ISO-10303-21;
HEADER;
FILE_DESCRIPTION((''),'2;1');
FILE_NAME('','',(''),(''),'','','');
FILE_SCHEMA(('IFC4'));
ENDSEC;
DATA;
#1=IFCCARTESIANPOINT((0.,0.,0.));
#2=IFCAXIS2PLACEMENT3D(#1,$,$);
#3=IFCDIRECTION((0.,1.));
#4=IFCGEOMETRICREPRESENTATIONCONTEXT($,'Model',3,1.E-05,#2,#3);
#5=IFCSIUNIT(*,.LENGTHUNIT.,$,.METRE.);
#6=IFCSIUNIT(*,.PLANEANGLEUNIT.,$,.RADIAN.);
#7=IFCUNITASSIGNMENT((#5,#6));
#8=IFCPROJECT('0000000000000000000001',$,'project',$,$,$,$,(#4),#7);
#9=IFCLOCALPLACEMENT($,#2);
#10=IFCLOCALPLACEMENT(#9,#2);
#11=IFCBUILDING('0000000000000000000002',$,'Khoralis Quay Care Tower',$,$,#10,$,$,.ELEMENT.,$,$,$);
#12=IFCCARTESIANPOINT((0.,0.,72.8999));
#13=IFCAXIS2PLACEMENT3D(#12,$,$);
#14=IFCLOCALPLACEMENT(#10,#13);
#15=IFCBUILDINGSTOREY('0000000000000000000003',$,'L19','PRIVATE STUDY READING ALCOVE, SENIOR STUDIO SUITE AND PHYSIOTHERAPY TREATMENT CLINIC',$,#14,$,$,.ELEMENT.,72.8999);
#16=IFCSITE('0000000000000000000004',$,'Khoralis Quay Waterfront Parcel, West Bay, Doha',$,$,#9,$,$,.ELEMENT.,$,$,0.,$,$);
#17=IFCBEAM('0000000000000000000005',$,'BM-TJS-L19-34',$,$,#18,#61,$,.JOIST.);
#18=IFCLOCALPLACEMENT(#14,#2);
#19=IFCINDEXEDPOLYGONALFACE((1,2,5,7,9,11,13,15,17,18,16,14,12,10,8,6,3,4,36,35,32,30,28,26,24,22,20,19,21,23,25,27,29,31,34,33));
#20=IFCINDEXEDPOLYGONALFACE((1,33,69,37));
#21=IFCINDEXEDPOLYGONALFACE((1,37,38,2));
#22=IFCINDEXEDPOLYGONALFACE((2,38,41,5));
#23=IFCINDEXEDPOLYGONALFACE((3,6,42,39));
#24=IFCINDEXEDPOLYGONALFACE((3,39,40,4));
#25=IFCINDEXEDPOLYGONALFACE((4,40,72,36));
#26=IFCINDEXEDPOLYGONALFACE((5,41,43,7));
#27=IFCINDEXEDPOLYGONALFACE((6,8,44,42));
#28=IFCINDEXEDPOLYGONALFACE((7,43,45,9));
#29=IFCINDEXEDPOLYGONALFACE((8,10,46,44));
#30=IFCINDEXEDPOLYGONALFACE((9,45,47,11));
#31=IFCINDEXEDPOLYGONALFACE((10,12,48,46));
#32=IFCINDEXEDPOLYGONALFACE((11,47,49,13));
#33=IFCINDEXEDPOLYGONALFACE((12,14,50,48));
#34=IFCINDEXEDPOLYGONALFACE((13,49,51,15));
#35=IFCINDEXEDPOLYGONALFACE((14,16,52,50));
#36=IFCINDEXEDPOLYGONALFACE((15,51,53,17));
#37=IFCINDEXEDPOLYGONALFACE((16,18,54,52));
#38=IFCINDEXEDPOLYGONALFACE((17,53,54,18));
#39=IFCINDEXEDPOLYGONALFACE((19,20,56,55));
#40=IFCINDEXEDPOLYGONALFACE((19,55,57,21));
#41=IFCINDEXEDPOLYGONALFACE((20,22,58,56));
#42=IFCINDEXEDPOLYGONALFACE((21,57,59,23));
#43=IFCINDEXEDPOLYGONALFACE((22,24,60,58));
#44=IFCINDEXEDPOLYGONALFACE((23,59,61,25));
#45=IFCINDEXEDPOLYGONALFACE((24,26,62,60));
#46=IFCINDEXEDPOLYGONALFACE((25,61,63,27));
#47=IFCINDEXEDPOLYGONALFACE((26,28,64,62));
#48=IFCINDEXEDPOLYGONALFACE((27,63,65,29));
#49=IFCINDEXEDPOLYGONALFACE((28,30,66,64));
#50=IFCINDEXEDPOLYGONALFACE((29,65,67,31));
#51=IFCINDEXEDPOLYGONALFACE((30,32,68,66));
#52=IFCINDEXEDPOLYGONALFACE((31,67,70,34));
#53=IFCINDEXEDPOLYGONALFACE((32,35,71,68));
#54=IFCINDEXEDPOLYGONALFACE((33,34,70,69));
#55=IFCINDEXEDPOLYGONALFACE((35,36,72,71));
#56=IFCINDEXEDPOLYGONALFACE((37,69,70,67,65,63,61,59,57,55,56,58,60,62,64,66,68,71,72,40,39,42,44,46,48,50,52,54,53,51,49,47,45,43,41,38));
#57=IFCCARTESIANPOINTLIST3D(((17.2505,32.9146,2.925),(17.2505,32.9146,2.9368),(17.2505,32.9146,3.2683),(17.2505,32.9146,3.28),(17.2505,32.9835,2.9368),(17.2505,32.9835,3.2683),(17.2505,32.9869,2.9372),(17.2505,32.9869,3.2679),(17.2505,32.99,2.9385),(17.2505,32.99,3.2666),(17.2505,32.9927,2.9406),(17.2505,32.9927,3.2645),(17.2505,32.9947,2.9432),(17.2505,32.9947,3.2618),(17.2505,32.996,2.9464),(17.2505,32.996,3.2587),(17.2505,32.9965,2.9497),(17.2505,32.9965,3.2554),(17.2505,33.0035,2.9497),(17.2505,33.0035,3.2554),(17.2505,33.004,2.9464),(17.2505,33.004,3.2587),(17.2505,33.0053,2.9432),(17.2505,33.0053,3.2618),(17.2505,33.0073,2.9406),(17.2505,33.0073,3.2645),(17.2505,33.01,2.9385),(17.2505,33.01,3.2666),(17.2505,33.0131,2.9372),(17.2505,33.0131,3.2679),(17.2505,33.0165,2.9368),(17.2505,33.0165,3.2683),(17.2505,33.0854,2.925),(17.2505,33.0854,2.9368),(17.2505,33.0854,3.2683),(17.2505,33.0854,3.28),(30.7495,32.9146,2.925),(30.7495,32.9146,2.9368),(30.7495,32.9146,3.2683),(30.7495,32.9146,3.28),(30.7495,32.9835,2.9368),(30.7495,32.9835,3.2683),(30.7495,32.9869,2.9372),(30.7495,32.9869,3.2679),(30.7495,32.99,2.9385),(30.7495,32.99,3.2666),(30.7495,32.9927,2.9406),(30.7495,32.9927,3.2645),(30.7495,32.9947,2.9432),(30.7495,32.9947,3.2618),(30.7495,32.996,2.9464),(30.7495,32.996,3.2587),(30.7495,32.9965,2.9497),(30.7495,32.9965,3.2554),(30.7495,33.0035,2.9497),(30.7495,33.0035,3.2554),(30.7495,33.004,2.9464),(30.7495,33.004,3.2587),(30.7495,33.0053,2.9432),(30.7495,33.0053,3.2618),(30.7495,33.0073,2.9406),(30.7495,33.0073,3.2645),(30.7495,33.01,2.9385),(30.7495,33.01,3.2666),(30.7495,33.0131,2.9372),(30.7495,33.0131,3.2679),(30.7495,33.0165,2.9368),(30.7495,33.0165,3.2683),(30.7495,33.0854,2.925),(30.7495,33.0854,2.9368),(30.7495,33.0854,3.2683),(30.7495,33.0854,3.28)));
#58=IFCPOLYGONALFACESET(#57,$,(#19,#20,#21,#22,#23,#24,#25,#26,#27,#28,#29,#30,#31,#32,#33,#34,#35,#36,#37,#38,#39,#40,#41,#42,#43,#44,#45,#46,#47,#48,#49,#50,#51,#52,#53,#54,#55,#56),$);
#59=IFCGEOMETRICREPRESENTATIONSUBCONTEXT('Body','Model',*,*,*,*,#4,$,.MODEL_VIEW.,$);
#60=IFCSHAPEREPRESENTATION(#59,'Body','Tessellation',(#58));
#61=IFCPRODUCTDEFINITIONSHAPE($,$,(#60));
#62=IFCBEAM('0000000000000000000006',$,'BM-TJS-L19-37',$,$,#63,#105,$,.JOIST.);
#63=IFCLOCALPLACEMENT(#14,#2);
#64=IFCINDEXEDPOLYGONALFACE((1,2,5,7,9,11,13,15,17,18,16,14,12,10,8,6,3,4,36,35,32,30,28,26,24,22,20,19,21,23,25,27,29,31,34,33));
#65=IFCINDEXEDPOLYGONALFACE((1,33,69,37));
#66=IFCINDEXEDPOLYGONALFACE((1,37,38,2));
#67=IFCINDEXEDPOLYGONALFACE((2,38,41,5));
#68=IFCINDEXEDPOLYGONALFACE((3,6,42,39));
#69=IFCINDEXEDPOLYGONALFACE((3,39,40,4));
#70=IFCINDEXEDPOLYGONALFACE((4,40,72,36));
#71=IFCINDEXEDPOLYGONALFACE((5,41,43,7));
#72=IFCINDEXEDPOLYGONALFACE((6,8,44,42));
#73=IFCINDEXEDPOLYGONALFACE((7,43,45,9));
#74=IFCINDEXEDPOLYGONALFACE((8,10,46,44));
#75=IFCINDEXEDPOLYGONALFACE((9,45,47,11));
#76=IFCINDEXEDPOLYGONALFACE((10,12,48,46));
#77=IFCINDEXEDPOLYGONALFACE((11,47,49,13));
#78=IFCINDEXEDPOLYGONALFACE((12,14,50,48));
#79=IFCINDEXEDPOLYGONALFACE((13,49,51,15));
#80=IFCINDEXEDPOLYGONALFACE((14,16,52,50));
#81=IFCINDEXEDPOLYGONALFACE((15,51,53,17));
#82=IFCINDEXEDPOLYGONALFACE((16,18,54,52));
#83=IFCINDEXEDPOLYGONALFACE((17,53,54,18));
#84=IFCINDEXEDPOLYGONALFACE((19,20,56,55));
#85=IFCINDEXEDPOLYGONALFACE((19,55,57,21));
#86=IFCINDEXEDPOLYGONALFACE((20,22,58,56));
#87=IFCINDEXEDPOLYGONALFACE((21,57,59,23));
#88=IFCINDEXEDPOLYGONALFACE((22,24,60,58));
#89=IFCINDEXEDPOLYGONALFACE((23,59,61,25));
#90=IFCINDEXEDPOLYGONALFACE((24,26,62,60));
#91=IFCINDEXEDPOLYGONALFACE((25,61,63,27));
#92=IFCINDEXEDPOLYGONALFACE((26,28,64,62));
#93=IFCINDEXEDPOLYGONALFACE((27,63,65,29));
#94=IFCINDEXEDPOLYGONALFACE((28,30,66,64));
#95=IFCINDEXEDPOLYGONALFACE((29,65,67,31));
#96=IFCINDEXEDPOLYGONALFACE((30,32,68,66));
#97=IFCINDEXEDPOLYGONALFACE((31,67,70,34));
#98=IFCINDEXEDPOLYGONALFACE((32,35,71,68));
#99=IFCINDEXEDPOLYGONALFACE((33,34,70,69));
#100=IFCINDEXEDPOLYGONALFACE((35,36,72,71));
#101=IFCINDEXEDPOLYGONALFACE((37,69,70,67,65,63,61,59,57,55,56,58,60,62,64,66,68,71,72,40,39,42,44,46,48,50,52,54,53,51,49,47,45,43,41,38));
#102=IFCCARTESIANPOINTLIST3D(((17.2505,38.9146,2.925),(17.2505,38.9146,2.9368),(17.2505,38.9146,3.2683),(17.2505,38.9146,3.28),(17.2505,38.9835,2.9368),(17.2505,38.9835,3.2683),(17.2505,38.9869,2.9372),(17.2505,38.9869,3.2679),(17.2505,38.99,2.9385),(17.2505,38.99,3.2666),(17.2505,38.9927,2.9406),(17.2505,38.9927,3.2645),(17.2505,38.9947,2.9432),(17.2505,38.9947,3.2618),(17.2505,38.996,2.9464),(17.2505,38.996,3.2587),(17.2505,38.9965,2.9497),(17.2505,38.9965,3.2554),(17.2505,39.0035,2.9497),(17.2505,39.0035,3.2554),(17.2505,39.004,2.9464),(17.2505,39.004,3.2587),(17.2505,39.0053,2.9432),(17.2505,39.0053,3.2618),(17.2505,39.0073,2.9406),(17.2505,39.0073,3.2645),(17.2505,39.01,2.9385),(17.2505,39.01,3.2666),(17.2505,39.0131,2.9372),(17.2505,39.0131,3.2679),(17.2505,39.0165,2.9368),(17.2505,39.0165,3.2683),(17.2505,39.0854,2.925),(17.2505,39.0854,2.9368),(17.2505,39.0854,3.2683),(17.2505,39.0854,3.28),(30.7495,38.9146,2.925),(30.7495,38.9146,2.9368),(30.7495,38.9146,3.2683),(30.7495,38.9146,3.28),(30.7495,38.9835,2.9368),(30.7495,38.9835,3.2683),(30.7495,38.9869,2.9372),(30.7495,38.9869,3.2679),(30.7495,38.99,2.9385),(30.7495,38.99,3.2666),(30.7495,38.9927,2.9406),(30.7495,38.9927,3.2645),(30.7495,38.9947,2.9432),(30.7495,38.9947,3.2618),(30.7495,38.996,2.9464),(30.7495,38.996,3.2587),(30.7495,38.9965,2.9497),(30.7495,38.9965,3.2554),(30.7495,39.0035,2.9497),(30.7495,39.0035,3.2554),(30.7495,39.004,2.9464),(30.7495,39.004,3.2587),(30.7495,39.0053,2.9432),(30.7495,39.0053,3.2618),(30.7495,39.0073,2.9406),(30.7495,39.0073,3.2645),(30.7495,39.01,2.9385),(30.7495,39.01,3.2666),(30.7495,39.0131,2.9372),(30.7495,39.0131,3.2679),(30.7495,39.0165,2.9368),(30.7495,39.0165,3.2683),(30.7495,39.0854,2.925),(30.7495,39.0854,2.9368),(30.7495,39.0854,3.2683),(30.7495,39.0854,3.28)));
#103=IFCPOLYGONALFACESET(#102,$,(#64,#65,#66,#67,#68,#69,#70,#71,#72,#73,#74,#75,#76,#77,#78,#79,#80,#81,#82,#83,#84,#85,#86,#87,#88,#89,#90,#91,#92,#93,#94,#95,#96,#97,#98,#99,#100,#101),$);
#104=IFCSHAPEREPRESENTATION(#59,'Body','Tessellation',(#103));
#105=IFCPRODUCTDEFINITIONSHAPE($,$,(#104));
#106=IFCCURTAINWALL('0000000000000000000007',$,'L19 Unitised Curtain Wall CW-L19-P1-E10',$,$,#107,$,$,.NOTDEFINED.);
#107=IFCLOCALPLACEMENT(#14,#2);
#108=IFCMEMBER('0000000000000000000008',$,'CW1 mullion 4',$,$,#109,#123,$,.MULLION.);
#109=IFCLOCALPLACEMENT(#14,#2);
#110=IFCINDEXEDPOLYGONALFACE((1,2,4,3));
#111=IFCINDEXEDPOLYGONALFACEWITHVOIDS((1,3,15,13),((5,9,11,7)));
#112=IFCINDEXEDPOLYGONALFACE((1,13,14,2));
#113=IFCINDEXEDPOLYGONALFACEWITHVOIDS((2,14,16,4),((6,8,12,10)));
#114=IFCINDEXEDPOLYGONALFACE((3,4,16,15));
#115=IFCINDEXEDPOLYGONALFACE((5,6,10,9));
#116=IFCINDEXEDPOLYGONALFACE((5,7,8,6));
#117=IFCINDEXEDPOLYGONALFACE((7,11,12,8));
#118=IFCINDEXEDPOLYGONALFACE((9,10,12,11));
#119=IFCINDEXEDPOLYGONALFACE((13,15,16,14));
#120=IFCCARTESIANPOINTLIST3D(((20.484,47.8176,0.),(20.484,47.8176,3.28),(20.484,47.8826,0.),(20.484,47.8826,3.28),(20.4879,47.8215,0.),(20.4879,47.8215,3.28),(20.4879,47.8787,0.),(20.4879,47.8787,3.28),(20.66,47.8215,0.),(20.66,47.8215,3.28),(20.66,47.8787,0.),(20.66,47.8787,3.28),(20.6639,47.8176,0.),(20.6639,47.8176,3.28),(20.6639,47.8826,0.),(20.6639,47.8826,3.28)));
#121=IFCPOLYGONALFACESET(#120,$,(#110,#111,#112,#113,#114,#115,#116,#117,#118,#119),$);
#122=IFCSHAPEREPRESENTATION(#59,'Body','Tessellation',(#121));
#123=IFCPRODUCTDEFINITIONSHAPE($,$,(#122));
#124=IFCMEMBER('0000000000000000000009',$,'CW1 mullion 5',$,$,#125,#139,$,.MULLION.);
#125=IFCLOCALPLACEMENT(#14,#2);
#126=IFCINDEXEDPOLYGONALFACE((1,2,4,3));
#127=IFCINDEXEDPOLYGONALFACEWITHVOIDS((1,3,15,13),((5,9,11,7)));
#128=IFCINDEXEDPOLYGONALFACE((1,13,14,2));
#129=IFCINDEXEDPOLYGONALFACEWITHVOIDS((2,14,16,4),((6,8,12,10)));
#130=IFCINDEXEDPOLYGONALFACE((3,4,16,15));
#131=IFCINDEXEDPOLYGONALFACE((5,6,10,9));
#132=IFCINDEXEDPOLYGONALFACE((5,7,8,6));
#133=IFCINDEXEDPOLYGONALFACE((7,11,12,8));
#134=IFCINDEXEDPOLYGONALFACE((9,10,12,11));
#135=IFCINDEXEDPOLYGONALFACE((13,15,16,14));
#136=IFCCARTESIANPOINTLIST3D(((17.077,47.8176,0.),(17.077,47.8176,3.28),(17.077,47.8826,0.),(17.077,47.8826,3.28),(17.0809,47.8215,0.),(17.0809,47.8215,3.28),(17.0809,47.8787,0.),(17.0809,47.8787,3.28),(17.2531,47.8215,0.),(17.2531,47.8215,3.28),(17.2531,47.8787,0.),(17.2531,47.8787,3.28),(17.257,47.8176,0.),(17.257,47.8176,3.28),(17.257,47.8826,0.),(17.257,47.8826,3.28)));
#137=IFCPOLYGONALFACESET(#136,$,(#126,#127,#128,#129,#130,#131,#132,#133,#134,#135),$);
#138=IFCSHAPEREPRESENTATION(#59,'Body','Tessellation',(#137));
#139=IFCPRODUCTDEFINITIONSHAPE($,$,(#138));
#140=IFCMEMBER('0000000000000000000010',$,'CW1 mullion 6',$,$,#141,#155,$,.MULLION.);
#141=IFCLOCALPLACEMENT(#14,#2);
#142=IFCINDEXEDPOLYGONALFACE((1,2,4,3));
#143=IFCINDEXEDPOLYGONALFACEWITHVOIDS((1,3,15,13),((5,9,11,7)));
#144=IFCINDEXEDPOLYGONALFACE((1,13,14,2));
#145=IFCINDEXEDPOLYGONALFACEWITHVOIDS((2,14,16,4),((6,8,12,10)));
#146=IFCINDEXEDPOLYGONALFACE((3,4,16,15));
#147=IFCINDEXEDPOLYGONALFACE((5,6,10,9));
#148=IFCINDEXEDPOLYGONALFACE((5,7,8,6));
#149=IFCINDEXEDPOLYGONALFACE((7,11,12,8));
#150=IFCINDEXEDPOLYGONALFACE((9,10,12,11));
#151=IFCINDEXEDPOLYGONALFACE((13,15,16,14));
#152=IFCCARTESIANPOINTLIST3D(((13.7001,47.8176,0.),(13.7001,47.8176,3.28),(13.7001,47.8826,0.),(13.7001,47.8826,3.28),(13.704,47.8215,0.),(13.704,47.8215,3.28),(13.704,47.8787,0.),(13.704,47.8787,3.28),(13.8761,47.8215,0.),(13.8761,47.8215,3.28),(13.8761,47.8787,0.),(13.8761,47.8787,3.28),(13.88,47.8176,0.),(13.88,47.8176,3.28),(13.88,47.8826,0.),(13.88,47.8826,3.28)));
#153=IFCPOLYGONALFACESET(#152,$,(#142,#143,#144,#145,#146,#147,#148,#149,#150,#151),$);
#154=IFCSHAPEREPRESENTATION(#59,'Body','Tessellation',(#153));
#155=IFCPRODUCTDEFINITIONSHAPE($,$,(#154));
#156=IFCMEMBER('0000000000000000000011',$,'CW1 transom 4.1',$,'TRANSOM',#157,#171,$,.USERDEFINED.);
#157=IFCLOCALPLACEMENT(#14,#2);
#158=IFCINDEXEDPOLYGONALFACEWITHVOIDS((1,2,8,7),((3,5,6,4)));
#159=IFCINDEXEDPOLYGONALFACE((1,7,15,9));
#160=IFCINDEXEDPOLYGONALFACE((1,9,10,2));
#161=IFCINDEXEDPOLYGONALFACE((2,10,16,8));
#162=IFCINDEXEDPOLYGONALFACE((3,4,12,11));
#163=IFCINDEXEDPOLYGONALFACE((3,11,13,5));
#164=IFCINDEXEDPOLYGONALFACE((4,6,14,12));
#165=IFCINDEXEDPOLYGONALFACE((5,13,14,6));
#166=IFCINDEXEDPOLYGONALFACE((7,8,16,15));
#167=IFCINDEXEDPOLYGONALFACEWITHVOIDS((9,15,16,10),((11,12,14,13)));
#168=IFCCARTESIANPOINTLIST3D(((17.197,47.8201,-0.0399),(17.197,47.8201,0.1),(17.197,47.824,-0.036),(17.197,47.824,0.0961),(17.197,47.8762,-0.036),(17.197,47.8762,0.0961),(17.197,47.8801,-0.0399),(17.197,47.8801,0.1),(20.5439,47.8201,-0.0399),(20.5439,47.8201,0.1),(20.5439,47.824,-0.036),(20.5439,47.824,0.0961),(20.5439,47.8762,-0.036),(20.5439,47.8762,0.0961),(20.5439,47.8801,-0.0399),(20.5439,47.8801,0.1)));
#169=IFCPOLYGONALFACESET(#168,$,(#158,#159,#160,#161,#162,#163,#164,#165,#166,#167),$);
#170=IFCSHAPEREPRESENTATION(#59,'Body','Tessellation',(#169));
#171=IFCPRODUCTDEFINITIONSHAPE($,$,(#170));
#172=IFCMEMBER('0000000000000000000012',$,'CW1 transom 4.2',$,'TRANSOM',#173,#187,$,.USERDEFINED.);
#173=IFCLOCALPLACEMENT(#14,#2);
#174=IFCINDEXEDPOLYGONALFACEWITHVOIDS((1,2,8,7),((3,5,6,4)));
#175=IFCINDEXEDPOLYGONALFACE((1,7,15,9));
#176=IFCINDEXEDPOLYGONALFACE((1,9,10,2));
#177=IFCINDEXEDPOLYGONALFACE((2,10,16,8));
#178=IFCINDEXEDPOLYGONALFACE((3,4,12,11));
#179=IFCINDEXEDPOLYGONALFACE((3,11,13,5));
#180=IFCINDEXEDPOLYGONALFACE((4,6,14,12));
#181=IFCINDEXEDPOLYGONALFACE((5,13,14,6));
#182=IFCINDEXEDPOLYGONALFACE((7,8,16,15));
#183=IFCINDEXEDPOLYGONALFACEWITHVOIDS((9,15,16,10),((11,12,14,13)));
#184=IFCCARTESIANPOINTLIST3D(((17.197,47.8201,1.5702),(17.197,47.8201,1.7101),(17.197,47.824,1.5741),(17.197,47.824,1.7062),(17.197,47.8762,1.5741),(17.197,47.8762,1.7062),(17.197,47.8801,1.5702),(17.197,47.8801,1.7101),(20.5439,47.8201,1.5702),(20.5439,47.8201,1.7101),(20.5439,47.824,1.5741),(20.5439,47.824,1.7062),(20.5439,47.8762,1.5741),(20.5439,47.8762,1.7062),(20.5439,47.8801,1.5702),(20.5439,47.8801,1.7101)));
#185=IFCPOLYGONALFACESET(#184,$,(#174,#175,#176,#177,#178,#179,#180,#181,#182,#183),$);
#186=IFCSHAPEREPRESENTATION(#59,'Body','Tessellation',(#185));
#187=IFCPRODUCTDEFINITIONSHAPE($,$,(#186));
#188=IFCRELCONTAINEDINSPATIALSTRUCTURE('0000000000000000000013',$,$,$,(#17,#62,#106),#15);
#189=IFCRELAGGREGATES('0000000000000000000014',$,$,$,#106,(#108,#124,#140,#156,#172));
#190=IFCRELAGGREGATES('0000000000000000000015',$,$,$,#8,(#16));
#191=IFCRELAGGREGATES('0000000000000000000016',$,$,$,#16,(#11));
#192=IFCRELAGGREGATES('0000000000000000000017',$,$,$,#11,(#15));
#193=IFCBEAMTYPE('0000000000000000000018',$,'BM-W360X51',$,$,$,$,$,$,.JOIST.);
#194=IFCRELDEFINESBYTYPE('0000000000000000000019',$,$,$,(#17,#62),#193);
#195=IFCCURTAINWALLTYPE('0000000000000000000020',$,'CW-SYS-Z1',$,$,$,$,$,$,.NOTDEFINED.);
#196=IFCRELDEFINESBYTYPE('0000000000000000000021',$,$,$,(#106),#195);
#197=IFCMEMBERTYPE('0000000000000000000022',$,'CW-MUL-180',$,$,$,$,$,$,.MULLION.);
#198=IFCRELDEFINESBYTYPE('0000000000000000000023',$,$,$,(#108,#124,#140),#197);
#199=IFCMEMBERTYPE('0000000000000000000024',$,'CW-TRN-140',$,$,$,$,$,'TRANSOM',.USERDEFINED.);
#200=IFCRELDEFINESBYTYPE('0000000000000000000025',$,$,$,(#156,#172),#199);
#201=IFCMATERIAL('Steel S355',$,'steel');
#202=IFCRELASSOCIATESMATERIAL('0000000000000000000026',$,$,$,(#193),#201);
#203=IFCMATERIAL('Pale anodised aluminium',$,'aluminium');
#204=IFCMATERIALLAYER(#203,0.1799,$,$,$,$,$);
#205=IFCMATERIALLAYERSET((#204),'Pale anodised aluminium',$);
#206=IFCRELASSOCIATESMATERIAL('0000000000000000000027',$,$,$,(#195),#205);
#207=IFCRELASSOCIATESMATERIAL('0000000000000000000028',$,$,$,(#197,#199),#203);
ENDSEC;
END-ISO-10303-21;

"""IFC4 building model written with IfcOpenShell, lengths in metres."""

from ifc_helpers import new_model, si_unit, direction, frame, origin, origin_2d, place, context, subcontext, project, spatial, hollow_rectangle, i_section, extrude, source, transform, mapped, material, layer, layer_set, material_profile, profile_set, type_object, element, aggregate, save


model = new_model("IFC4")

# Units and contexts
model_context = context("Model", 3, precision=1e-05, world=origin(), true_north=direction((0.0, 1.0)))
body_context = subcontext(model_context, "Body", "Model", "MODEL_VIEW")
ifc_project = project(units=[si_unit("LENGTHUNIT", "METRE"), si_unit("PLANEANGLEUNIT", "RADIAN")], contexts=[model_context])

# Site, building, storey
site_placement = place(None, origin())
site = spatial("IfcSite", under=ifc_project, at=site_placement, Name="Khoralis Quay Waterfront Parcel, West Bay, Doha", CompositionType="ELEMENT", RefElevation=0.0)
building_placement = place(site_placement, origin())
building = spatial("IfcBuilding", under=site, at=building_placement, Name="Khoralis Quay Care Tower", CompositionType="ELEMENT")
storey_placement = place(building_placement, frame((0.0, 0.0, 72.8999)))
storey = spatial("IfcBuildingStorey", under=building, at=storey_placement, Name="L19", Description="PRIVATE STUDY READING ALCOVE, SENIOR STUDIO SUITE AND PHYSIOTHERAPY TREATMENT CLINIC", CompositionType="ELEMENT", Elevation=72.8999)

# Beams
ifc_material_1 = material(Name="Steel S355", Category="steel")
ifc_material_profile_1 = material_profile(ifc_material_1, i_section(OverallWidth=0.1709, OverallDepth=0.355, WebThickness=0.0071, FlangeThickness=0.0117, FilletRadius=0.0129, at=origin_2d()), Name="Steel S355")
ifc_profile_set_1 = profile_set([ifc_material_profile_1], Name="Steel S355")
beam_type_1 = type_object("IfcBeamType", Name="BM-W360X51", PredefinedType="JOIST", material=ifc_profile_set_1)
shared_shape_1 = source(origin(), body_context, "Body", "SweptSolid", [
    extrude(i_section(OverallWidth=0.1709, OverallDepth=0.355, WebThickness=0.0071, FlangeThickness=0.0117, FilletRadius=0.0129, at=origin_2d()), origin(), (0.0, 0.0, 1.0), 13.499),
])
for number, where, z_axis, x_axis, name in (
    (1, (17.2505, 33.0, 3.1025), (1.0, 0.0, 0.0), (0.0, 1.0, 0.0), "BM-TJS-L19-34"),
    (2, (17.2505, 39.0, 3.1025), (1.0, 0.0, 0.0), (0.0, 1.0, 0.0), "BM-TJS-L19-37"),
):
    element("IfcBeam", number, at=place(storey_placement, frame(where, z_axis=z_axis, x_axis=x_axis)), inside=storey, type_object=beam_type_1, Name=name, PredefinedType="JOIST", context=body_context, shape_type="MappedRepresentation", body=[
        mapped(shared_shape_1, transform((0.0, 0.0, 0.0), scale=1.0)),
    ])

# Curtain wall, members
ifc_material_2 = material(Name="Pale anodised aluminium", Category="aluminium")
ifc_layer_1 = layer(ifc_material_2, 0.1799)
ifc_layer_set_1 = layer_set([ifc_layer_1], Name="Pale anodised aluminium")
curtain_wall_type = type_object("IfcCurtainWallType", Name="CW-SYS-Z1", PredefinedType="NOTDEFINED", material=ifc_layer_set_1)
curtain_wall_placement = place(storey_placement, origin())
curtain_wall = element("IfcCurtainWall", 3, at=curtain_wall_placement, inside=storey, type_object=curtain_wall_type, Name="L19 Unitised Curtain Wall CW-L19-P1-E10", PredefinedType="NOTDEFINED")
ifc_material_profile_2 = material_profile(ifc_material_2, hollow_rectangle(XDim=0.0649, YDim=0.1799, WallThickness=0.0039, at=origin_2d()), Name="Pale anodised aluminium")
ifc_profile_set_2 = profile_set([ifc_material_profile_2], Name="Pale anodised aluminium")
member_type_1 = type_object("IfcMemberType", Name="CW-MUL-180", PredefinedType="MULLION", material=ifc_profile_set_2)
shared_shape_2 = source(origin(), body_context, "Body", "SweptSolid", [
    extrude(hollow_rectangle(XDim=0.0649, YDim=0.1799, WallThickness=0.0039, at=origin_2d()), origin(), (0.0, 0.0, 1.0), 3.28),
])
member_1_placement = place(storey_placement, frame((20.574, 47.8501, 0.0), z_axis=(0.0, 0.0, 1.0), x_axis=(0.0, -1.0, 0.0)))
member_1 = element("IfcMember", 4, at=member_1_placement, type_object=member_type_1, Name="CW1 mullion 4", PredefinedType="MULLION", context=body_context, shape_type="MappedRepresentation", body=[
    mapped(shared_shape_2, transform((0.0, 0.0, 0.0), scale=1.0)),
])
member_2_placement = place(storey_placement, frame((17.167, 47.8501, 0.0), z_axis=(0.0, 0.0, 1.0), x_axis=(0.0, -1.0, 0.0)))
member_2 = element("IfcMember", 5, at=member_2_placement, type_object=member_type_1, Name="CW1 mullion 5", PredefinedType="MULLION", context=body_context, shape_type="MappedRepresentation", body=[
    mapped(shared_shape_2, transform((0.0, 0.0, 0.0), scale=1.0)),
])
member_3_placement = place(storey_placement, frame((13.79, 47.8501, 0.0), z_axis=(0.0, 0.0, 1.0), x_axis=(0.0, -1.0, 0.0)))
member_3 = element("IfcMember", 6, at=member_3_placement, type_object=member_type_1, Name="CW1 mullion 6", PredefinedType="MULLION", context=body_context, shape_type="MappedRepresentation", body=[
    mapped(shared_shape_2, transform((0.0, 0.0, 0.0), scale=1.0)),
])
ifc_material_profile_3 = material_profile(ifc_material_2, hollow_rectangle(XDim=0.0601, YDim=0.1399, WallThickness=0.0039, at=origin_2d()), Name="Pale anodised aluminium")
ifc_profile_set_3 = profile_set([ifc_material_profile_3], Name="Pale anodised aluminium")
member_type_2 = type_object("IfcMemberType", Name="CW-TRN-140", ElementType="TRANSOM", PredefinedType="USERDEFINED", material=ifc_profile_set_3)
shared_shape_3 = source(origin(), body_context, "Body", "SweptSolid", [
    extrude(hollow_rectangle(XDim=0.0601, YDim=0.1399, WallThickness=0.0039, at=origin_2d()), origin(), (0.0, 0.0, 1.0), 3.3469),
])
member_4_placement = place(storey_placement, frame((20.5439, 47.8501, 0.03), z_axis=(-1.0, 0.0, 0.0), x_axis=(0.0, -1.0, 0.0)))
member_4 = element("IfcMember", 7, at=member_4_placement, type_object=member_type_2, Name="CW1 transom 4.1", ObjectType="TRANSOM", PredefinedType="USERDEFINED", context=body_context, shape_type="MappedRepresentation", body=[
    mapped(shared_shape_3, transform((0.0, 0.0, 0.0), scale=1.0)),
])
member_5_placement = place(storey_placement, frame((20.5439, 47.8501, 1.6401), z_axis=(-1.0, 0.0, 0.0), x_axis=(0.0, -1.0, 0.0)))
member_5 = element("IfcMember", 8, at=member_5_placement, type_object=member_type_2, Name="CW1 transom 4.2", ObjectType="TRANSOM", PredefinedType="USERDEFINED", context=body_context, shape_type="MappedRepresentation", body=[
    mapped(shared_shape_3, transform((0.0, 0.0, 0.0), scale=1.0)),
])
aggregate(curtain_wall, [member_1, member_2, member_3, member_4, member_5])

save(model, "model.ifc")
